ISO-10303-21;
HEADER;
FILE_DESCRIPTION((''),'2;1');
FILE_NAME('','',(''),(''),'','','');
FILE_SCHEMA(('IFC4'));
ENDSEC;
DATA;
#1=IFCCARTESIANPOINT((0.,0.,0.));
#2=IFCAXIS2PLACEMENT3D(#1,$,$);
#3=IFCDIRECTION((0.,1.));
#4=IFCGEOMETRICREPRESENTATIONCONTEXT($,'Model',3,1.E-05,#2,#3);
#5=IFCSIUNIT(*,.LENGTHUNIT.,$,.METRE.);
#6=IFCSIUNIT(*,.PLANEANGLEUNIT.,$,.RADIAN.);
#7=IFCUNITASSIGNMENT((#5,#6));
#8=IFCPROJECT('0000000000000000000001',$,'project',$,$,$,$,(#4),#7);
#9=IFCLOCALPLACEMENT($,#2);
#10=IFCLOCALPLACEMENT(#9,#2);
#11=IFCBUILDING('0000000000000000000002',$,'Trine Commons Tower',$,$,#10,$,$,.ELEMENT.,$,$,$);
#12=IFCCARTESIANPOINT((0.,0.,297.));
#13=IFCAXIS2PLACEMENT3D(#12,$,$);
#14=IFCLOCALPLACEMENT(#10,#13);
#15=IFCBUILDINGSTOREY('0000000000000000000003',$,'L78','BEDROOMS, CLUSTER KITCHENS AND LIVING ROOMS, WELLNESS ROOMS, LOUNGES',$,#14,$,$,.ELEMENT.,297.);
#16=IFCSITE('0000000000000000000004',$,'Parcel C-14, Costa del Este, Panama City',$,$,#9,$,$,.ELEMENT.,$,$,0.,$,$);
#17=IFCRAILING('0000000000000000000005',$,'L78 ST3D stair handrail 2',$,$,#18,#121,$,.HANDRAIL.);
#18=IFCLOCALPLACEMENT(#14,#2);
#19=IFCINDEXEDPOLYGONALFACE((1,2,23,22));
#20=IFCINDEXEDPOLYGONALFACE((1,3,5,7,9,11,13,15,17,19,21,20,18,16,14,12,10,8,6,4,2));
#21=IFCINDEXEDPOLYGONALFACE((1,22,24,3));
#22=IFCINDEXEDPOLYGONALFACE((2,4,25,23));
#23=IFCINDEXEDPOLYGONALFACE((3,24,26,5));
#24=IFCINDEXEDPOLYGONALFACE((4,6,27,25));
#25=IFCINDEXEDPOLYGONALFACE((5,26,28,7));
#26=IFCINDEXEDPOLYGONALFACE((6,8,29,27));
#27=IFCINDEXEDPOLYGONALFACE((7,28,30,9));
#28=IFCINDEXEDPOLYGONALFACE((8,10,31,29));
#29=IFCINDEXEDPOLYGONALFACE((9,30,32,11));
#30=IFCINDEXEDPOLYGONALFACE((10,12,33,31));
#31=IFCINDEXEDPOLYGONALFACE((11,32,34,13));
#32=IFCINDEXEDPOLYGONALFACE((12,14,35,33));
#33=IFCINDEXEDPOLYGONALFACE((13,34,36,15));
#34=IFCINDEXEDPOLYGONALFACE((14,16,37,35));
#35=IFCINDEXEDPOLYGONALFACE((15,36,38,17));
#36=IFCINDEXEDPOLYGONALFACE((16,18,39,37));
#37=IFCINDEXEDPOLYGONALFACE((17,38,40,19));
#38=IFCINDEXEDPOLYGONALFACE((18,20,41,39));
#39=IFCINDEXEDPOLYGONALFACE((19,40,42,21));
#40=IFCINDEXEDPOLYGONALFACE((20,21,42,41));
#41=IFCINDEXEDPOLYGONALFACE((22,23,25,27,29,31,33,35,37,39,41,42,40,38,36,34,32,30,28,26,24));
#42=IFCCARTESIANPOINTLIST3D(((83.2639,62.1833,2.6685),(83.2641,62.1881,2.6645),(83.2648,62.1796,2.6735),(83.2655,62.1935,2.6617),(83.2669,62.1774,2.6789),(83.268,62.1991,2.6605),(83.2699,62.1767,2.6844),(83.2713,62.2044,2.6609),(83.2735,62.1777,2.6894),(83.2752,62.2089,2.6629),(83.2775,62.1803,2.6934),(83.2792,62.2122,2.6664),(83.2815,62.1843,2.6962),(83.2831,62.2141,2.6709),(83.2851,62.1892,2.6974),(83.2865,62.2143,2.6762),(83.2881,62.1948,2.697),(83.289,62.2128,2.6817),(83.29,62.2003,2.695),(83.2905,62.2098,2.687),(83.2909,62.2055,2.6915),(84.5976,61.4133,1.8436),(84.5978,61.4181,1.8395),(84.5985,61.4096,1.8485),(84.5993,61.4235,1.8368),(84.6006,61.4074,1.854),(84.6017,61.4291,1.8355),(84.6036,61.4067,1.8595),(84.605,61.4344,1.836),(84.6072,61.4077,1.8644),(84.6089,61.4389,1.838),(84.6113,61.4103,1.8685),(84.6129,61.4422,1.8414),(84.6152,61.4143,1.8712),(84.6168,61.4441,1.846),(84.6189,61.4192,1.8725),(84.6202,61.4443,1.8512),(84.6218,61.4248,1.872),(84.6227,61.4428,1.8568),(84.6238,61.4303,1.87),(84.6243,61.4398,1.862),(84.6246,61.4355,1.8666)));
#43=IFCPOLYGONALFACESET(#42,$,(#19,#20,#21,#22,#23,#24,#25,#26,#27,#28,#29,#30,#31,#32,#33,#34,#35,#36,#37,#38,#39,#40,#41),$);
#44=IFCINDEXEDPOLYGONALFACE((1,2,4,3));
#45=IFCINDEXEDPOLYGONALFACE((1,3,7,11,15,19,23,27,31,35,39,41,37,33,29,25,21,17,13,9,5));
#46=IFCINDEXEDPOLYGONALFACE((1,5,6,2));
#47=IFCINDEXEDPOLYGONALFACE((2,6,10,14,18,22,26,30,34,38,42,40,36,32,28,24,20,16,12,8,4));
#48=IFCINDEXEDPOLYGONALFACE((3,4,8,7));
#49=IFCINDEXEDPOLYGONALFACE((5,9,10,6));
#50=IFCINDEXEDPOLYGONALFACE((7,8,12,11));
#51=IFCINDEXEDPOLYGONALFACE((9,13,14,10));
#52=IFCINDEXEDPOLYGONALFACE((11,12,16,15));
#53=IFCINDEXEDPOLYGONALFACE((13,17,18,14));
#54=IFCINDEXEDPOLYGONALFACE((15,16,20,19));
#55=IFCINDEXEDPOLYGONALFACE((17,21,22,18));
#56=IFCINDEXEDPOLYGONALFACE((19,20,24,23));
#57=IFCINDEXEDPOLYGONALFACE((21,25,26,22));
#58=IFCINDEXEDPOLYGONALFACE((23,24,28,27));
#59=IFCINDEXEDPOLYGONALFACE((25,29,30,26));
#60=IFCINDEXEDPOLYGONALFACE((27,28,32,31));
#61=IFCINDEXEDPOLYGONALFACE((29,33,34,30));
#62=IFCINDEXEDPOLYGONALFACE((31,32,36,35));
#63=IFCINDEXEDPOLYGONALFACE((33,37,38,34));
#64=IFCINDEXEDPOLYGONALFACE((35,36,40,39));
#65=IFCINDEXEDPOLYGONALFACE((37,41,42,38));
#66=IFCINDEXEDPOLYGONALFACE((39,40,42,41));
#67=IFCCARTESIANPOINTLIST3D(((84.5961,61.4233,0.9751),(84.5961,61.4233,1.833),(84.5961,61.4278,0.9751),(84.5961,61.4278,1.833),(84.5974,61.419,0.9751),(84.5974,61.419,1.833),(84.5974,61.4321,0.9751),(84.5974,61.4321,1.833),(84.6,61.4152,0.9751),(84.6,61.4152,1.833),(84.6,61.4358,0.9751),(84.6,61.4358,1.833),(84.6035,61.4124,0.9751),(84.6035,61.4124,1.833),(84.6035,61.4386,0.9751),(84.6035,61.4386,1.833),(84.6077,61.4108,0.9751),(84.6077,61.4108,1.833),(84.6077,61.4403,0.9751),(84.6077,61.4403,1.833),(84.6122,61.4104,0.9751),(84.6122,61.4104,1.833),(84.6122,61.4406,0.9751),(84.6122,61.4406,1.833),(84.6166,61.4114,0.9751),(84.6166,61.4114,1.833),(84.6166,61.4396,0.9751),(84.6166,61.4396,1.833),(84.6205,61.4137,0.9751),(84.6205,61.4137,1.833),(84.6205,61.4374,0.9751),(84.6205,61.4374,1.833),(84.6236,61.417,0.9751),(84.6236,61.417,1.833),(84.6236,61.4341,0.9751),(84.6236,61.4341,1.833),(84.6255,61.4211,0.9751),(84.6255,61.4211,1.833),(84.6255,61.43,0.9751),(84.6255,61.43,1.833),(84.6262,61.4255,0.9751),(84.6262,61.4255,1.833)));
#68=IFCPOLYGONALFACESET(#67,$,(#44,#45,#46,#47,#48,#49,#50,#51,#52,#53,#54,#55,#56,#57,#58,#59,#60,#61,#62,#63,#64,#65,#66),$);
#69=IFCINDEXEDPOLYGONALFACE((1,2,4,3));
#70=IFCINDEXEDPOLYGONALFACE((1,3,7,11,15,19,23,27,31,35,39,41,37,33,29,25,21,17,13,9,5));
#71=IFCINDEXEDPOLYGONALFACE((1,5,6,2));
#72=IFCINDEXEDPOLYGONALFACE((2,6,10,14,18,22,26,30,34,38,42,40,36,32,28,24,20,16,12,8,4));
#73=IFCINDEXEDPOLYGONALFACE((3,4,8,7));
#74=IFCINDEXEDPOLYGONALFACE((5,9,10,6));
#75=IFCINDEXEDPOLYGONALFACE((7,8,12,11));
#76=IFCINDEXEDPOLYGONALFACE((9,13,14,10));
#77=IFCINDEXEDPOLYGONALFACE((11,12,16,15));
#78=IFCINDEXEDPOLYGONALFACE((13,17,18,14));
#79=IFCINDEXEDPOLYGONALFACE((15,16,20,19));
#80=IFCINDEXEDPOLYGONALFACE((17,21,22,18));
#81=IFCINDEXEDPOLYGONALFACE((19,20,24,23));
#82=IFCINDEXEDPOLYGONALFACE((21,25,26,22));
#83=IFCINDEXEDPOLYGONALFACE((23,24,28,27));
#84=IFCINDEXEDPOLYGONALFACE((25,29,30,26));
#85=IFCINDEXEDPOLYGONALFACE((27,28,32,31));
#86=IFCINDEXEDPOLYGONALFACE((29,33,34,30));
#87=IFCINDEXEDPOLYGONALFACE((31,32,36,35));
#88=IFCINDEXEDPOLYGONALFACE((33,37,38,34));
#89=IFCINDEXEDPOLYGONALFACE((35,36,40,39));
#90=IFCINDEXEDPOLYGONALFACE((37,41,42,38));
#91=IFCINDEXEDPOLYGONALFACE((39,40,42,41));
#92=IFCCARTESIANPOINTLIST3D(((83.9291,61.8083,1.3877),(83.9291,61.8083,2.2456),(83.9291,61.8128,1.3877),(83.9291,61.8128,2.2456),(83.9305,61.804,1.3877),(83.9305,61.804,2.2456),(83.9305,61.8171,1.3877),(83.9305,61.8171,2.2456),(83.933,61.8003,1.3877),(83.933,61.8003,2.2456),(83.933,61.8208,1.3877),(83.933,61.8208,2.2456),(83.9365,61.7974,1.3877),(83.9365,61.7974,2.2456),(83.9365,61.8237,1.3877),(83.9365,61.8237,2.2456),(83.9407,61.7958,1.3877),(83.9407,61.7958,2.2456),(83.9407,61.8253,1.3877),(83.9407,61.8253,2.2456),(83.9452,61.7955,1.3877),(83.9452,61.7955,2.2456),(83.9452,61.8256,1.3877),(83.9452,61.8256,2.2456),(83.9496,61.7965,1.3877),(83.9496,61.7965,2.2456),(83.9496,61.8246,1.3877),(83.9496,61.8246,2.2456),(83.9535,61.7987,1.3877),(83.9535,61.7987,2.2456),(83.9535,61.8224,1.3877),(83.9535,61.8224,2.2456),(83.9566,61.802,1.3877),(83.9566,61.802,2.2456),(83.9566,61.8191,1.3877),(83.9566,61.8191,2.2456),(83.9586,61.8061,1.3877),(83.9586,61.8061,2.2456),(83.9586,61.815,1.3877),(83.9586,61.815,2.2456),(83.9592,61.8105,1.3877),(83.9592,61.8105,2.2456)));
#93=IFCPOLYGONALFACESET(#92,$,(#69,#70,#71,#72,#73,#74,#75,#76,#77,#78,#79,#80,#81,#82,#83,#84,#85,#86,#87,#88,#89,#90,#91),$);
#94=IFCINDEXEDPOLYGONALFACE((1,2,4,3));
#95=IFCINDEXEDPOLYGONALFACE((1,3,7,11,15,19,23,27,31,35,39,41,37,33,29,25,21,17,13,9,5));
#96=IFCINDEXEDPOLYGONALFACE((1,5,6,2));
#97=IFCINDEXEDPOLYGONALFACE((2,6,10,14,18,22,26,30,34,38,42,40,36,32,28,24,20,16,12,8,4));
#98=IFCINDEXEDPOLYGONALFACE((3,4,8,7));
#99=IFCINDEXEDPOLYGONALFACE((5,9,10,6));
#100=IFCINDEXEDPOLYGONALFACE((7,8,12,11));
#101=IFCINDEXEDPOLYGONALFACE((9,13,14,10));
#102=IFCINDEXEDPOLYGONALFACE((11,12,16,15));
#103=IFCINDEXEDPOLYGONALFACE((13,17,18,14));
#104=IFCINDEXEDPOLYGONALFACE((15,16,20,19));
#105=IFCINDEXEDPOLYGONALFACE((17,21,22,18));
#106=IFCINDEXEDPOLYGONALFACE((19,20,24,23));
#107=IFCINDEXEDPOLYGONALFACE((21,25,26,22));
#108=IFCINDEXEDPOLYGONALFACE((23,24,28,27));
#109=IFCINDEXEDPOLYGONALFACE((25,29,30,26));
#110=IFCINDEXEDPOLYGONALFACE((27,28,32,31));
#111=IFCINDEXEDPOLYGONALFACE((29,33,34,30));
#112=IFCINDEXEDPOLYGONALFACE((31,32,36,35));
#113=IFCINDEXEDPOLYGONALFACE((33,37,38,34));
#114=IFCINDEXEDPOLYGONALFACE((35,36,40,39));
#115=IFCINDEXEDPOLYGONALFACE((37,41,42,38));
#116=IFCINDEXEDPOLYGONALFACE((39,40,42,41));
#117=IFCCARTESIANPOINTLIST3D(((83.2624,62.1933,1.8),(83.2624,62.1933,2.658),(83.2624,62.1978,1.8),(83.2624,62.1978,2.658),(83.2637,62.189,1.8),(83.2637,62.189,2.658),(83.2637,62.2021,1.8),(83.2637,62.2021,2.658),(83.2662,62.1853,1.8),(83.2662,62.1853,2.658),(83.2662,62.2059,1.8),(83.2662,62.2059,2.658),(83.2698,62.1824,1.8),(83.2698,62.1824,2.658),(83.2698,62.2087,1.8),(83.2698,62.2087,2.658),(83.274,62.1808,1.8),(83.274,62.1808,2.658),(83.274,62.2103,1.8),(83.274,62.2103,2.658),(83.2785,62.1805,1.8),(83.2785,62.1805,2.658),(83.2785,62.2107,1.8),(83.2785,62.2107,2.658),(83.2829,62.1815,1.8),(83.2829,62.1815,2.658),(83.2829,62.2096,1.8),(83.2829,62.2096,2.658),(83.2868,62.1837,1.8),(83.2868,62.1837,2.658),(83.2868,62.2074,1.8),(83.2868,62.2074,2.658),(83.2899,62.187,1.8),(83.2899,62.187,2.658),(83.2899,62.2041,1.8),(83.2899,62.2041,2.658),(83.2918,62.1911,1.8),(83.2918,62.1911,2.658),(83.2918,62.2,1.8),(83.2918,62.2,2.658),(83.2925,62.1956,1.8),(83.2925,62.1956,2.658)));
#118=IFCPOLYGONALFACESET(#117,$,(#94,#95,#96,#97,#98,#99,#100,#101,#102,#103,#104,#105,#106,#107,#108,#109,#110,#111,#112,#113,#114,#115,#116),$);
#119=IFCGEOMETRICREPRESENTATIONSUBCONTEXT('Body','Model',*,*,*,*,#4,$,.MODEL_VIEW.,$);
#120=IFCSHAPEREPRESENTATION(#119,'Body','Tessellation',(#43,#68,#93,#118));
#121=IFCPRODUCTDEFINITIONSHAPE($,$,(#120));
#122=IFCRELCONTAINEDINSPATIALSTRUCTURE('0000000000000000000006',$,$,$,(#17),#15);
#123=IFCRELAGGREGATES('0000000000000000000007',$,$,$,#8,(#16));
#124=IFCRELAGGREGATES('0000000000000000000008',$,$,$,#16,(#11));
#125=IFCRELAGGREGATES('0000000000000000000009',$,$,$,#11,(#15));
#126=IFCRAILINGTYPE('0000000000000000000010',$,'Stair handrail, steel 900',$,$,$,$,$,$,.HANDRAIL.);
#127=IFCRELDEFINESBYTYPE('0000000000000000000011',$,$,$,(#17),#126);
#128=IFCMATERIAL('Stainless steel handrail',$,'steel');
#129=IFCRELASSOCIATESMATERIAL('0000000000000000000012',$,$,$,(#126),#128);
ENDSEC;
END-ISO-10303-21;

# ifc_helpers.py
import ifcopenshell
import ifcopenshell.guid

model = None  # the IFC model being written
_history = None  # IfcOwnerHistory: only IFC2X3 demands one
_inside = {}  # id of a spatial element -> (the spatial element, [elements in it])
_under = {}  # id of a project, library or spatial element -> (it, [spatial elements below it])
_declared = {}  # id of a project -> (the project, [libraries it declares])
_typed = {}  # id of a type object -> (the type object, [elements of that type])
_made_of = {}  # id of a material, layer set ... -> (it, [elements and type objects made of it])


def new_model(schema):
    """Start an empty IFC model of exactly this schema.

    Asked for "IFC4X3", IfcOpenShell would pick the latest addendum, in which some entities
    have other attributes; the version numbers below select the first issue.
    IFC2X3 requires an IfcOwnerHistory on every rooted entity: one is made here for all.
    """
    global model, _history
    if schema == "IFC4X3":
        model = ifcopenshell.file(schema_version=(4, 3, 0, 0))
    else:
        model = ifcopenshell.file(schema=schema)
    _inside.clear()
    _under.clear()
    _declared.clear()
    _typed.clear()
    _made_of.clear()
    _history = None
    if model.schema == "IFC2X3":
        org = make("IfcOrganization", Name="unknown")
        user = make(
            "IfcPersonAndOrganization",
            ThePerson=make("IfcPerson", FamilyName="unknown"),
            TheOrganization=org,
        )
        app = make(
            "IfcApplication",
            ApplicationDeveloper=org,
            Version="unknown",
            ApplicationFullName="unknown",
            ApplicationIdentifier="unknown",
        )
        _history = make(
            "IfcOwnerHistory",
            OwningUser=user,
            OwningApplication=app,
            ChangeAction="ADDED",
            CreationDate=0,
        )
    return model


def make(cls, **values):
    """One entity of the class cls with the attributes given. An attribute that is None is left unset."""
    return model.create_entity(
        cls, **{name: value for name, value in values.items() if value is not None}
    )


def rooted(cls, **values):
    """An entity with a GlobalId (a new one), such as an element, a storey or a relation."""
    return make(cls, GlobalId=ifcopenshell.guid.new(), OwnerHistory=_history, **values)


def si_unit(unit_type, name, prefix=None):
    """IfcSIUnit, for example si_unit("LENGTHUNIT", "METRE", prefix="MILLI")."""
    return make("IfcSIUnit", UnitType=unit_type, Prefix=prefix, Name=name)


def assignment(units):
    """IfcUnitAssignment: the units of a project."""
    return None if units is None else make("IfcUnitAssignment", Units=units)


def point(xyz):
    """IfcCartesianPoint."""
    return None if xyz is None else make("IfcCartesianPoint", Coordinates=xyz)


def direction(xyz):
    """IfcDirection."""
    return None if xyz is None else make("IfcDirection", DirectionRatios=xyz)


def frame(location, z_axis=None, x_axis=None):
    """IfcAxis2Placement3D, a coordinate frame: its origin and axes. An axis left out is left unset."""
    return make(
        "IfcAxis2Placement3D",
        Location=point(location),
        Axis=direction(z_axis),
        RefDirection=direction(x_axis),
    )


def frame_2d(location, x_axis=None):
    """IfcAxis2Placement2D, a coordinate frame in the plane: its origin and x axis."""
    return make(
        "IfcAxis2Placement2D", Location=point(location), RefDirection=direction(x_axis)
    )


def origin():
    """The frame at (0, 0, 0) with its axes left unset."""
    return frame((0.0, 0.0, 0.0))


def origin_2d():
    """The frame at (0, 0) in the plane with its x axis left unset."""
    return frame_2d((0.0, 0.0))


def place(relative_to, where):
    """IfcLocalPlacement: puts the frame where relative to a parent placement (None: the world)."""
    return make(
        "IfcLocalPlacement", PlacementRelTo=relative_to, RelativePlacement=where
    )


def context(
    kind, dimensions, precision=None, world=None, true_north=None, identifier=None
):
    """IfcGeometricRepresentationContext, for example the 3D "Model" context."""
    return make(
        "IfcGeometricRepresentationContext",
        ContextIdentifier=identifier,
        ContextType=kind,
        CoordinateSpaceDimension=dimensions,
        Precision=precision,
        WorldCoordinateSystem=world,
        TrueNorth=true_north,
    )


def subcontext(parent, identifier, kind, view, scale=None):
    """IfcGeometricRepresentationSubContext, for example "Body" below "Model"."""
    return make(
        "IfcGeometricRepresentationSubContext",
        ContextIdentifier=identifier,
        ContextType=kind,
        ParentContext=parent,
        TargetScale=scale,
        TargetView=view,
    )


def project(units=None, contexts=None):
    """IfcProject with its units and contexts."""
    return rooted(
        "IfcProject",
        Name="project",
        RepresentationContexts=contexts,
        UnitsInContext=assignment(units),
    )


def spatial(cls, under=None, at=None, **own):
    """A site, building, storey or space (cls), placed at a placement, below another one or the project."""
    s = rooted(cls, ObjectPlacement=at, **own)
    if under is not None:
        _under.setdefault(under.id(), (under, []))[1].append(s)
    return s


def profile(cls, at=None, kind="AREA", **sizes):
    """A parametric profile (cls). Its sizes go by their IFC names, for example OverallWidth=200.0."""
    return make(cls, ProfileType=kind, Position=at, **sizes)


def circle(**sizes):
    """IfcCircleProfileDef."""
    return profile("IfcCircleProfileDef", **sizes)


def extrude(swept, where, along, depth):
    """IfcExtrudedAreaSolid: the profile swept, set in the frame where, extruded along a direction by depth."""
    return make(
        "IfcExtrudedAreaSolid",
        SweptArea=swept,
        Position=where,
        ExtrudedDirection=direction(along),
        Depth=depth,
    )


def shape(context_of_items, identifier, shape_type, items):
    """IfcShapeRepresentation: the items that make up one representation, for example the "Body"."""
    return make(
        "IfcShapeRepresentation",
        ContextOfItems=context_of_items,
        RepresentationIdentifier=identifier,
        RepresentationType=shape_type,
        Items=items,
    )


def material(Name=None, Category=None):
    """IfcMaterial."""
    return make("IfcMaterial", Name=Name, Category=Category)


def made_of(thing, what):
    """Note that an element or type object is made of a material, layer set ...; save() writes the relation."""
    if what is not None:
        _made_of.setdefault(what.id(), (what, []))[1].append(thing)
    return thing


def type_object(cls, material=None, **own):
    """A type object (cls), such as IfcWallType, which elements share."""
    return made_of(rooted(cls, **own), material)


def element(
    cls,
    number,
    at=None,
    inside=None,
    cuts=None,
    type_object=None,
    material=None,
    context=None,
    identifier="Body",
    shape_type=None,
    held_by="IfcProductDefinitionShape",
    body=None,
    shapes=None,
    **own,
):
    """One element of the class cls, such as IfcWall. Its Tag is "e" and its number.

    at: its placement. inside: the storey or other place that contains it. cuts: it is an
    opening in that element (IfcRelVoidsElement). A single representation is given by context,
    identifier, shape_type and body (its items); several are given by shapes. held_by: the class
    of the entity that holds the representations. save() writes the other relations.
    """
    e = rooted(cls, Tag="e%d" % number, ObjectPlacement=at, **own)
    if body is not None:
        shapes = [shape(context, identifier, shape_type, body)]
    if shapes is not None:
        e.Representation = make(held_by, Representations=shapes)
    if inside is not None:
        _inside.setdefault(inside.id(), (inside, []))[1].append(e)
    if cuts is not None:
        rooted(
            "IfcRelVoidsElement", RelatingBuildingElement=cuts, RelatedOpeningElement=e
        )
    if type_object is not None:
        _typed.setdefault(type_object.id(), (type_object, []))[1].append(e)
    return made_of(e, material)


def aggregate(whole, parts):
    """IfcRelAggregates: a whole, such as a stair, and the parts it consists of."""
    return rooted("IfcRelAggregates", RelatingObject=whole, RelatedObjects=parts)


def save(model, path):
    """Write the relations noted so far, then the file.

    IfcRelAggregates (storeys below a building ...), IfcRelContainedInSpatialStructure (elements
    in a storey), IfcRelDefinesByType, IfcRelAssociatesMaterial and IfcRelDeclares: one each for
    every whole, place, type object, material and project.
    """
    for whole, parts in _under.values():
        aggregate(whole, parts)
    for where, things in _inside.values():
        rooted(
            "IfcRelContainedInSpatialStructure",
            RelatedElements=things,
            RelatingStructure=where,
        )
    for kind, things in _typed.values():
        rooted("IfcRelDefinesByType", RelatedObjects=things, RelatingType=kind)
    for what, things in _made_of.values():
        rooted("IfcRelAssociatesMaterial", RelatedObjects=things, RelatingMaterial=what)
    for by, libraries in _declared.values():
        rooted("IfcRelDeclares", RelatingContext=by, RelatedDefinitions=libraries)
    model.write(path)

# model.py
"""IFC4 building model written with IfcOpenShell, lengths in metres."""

from ifc_helpers import new_model, si_unit, direction, frame, origin, origin_2d, place, context, subcontext, project, spatial, circle, extrude, material, type_object, element, save


model = new_model("IFC4")

# Units and contexts
model_context = context("Model", 3, precision=1e-05, world=origin(), true_north=direction((0.0, 1.0)))
body_context = subcontext(model_context, "Body", "Model", "MODEL_VIEW")
ifc_project = project(units=[si_unit("LENGTHUNIT", "METRE"), si_unit("PLANEANGLEUNIT", "RADIAN")], contexts=[model_context])

# Site, building, storey
site_placement = place(None, origin())
site = spatial("IfcSite", under=ifc_project, at=site_placement, Name="Parcel C-14, Costa del Este, Panama City", CompositionType="ELEMENT", RefElevation=0.0)
building_placement = place(site_placement, origin())
building = spatial("IfcBuilding", under=site, at=building_placement, Name="Trine Commons Tower", CompositionType="ELEMENT")
storey_placement = place(building_placement, frame((0.0, 0.0, 297.0)))
storey = spatial("IfcBuildingStorey", under=building, at=storey_placement, Name="L78", Description="BEDROOMS, CLUSTER KITCHENS AND LIVING ROOMS, WELLNESS ROOMS, LOUNGES", CompositionType="ELEMENT", Elevation=297.0)

# Railing
ifc_material_1 = material(Name="Stainless steel handrail", Category="steel")
railing_type = type_object("IfcRailingType", Name="Stair handrail, steel 900", PredefinedType="HANDRAIL", material=ifc_material_1)
railing_placement = place(storey_placement, frame((84.6111, 61.4255, 0.9751)))
element("IfcRailing", 1, at=railing_placement, inside=storey, type_object=railing_type, Name="L78 ST3D stair handrail 2", PredefinedType="HANDRAIL", context=body_context, shape_type="SweptSolid", body=[
    extrude(circle(Radius=0.021, at=origin_2d()), frame((0.0, 0.0, 0.8789), z_axis=(-0.763405, 0.440743, 0.472185), x_axis=(-0.499992, -0.86603, 0.0)), (0.0, 0.0, 1.0), 1.7471),
    extrude(circle(Radius=0.0151, at=origin_2d()), origin(), (0.0, 0.0, 1.0), 0.8579),
    extrude(circle(Radius=0.0151, at=origin_2d()), frame((-0.667, 0.385, 0.4126)), (0.0, 0.0, 1.0), 0.8579),
    extrude(circle(Radius=0.0151, at=origin_2d()), frame((-1.3337, 0.77, 0.825)), (0.0, 0.0, 1.0), 0.8579),
])

save(model, "model.ifc")
